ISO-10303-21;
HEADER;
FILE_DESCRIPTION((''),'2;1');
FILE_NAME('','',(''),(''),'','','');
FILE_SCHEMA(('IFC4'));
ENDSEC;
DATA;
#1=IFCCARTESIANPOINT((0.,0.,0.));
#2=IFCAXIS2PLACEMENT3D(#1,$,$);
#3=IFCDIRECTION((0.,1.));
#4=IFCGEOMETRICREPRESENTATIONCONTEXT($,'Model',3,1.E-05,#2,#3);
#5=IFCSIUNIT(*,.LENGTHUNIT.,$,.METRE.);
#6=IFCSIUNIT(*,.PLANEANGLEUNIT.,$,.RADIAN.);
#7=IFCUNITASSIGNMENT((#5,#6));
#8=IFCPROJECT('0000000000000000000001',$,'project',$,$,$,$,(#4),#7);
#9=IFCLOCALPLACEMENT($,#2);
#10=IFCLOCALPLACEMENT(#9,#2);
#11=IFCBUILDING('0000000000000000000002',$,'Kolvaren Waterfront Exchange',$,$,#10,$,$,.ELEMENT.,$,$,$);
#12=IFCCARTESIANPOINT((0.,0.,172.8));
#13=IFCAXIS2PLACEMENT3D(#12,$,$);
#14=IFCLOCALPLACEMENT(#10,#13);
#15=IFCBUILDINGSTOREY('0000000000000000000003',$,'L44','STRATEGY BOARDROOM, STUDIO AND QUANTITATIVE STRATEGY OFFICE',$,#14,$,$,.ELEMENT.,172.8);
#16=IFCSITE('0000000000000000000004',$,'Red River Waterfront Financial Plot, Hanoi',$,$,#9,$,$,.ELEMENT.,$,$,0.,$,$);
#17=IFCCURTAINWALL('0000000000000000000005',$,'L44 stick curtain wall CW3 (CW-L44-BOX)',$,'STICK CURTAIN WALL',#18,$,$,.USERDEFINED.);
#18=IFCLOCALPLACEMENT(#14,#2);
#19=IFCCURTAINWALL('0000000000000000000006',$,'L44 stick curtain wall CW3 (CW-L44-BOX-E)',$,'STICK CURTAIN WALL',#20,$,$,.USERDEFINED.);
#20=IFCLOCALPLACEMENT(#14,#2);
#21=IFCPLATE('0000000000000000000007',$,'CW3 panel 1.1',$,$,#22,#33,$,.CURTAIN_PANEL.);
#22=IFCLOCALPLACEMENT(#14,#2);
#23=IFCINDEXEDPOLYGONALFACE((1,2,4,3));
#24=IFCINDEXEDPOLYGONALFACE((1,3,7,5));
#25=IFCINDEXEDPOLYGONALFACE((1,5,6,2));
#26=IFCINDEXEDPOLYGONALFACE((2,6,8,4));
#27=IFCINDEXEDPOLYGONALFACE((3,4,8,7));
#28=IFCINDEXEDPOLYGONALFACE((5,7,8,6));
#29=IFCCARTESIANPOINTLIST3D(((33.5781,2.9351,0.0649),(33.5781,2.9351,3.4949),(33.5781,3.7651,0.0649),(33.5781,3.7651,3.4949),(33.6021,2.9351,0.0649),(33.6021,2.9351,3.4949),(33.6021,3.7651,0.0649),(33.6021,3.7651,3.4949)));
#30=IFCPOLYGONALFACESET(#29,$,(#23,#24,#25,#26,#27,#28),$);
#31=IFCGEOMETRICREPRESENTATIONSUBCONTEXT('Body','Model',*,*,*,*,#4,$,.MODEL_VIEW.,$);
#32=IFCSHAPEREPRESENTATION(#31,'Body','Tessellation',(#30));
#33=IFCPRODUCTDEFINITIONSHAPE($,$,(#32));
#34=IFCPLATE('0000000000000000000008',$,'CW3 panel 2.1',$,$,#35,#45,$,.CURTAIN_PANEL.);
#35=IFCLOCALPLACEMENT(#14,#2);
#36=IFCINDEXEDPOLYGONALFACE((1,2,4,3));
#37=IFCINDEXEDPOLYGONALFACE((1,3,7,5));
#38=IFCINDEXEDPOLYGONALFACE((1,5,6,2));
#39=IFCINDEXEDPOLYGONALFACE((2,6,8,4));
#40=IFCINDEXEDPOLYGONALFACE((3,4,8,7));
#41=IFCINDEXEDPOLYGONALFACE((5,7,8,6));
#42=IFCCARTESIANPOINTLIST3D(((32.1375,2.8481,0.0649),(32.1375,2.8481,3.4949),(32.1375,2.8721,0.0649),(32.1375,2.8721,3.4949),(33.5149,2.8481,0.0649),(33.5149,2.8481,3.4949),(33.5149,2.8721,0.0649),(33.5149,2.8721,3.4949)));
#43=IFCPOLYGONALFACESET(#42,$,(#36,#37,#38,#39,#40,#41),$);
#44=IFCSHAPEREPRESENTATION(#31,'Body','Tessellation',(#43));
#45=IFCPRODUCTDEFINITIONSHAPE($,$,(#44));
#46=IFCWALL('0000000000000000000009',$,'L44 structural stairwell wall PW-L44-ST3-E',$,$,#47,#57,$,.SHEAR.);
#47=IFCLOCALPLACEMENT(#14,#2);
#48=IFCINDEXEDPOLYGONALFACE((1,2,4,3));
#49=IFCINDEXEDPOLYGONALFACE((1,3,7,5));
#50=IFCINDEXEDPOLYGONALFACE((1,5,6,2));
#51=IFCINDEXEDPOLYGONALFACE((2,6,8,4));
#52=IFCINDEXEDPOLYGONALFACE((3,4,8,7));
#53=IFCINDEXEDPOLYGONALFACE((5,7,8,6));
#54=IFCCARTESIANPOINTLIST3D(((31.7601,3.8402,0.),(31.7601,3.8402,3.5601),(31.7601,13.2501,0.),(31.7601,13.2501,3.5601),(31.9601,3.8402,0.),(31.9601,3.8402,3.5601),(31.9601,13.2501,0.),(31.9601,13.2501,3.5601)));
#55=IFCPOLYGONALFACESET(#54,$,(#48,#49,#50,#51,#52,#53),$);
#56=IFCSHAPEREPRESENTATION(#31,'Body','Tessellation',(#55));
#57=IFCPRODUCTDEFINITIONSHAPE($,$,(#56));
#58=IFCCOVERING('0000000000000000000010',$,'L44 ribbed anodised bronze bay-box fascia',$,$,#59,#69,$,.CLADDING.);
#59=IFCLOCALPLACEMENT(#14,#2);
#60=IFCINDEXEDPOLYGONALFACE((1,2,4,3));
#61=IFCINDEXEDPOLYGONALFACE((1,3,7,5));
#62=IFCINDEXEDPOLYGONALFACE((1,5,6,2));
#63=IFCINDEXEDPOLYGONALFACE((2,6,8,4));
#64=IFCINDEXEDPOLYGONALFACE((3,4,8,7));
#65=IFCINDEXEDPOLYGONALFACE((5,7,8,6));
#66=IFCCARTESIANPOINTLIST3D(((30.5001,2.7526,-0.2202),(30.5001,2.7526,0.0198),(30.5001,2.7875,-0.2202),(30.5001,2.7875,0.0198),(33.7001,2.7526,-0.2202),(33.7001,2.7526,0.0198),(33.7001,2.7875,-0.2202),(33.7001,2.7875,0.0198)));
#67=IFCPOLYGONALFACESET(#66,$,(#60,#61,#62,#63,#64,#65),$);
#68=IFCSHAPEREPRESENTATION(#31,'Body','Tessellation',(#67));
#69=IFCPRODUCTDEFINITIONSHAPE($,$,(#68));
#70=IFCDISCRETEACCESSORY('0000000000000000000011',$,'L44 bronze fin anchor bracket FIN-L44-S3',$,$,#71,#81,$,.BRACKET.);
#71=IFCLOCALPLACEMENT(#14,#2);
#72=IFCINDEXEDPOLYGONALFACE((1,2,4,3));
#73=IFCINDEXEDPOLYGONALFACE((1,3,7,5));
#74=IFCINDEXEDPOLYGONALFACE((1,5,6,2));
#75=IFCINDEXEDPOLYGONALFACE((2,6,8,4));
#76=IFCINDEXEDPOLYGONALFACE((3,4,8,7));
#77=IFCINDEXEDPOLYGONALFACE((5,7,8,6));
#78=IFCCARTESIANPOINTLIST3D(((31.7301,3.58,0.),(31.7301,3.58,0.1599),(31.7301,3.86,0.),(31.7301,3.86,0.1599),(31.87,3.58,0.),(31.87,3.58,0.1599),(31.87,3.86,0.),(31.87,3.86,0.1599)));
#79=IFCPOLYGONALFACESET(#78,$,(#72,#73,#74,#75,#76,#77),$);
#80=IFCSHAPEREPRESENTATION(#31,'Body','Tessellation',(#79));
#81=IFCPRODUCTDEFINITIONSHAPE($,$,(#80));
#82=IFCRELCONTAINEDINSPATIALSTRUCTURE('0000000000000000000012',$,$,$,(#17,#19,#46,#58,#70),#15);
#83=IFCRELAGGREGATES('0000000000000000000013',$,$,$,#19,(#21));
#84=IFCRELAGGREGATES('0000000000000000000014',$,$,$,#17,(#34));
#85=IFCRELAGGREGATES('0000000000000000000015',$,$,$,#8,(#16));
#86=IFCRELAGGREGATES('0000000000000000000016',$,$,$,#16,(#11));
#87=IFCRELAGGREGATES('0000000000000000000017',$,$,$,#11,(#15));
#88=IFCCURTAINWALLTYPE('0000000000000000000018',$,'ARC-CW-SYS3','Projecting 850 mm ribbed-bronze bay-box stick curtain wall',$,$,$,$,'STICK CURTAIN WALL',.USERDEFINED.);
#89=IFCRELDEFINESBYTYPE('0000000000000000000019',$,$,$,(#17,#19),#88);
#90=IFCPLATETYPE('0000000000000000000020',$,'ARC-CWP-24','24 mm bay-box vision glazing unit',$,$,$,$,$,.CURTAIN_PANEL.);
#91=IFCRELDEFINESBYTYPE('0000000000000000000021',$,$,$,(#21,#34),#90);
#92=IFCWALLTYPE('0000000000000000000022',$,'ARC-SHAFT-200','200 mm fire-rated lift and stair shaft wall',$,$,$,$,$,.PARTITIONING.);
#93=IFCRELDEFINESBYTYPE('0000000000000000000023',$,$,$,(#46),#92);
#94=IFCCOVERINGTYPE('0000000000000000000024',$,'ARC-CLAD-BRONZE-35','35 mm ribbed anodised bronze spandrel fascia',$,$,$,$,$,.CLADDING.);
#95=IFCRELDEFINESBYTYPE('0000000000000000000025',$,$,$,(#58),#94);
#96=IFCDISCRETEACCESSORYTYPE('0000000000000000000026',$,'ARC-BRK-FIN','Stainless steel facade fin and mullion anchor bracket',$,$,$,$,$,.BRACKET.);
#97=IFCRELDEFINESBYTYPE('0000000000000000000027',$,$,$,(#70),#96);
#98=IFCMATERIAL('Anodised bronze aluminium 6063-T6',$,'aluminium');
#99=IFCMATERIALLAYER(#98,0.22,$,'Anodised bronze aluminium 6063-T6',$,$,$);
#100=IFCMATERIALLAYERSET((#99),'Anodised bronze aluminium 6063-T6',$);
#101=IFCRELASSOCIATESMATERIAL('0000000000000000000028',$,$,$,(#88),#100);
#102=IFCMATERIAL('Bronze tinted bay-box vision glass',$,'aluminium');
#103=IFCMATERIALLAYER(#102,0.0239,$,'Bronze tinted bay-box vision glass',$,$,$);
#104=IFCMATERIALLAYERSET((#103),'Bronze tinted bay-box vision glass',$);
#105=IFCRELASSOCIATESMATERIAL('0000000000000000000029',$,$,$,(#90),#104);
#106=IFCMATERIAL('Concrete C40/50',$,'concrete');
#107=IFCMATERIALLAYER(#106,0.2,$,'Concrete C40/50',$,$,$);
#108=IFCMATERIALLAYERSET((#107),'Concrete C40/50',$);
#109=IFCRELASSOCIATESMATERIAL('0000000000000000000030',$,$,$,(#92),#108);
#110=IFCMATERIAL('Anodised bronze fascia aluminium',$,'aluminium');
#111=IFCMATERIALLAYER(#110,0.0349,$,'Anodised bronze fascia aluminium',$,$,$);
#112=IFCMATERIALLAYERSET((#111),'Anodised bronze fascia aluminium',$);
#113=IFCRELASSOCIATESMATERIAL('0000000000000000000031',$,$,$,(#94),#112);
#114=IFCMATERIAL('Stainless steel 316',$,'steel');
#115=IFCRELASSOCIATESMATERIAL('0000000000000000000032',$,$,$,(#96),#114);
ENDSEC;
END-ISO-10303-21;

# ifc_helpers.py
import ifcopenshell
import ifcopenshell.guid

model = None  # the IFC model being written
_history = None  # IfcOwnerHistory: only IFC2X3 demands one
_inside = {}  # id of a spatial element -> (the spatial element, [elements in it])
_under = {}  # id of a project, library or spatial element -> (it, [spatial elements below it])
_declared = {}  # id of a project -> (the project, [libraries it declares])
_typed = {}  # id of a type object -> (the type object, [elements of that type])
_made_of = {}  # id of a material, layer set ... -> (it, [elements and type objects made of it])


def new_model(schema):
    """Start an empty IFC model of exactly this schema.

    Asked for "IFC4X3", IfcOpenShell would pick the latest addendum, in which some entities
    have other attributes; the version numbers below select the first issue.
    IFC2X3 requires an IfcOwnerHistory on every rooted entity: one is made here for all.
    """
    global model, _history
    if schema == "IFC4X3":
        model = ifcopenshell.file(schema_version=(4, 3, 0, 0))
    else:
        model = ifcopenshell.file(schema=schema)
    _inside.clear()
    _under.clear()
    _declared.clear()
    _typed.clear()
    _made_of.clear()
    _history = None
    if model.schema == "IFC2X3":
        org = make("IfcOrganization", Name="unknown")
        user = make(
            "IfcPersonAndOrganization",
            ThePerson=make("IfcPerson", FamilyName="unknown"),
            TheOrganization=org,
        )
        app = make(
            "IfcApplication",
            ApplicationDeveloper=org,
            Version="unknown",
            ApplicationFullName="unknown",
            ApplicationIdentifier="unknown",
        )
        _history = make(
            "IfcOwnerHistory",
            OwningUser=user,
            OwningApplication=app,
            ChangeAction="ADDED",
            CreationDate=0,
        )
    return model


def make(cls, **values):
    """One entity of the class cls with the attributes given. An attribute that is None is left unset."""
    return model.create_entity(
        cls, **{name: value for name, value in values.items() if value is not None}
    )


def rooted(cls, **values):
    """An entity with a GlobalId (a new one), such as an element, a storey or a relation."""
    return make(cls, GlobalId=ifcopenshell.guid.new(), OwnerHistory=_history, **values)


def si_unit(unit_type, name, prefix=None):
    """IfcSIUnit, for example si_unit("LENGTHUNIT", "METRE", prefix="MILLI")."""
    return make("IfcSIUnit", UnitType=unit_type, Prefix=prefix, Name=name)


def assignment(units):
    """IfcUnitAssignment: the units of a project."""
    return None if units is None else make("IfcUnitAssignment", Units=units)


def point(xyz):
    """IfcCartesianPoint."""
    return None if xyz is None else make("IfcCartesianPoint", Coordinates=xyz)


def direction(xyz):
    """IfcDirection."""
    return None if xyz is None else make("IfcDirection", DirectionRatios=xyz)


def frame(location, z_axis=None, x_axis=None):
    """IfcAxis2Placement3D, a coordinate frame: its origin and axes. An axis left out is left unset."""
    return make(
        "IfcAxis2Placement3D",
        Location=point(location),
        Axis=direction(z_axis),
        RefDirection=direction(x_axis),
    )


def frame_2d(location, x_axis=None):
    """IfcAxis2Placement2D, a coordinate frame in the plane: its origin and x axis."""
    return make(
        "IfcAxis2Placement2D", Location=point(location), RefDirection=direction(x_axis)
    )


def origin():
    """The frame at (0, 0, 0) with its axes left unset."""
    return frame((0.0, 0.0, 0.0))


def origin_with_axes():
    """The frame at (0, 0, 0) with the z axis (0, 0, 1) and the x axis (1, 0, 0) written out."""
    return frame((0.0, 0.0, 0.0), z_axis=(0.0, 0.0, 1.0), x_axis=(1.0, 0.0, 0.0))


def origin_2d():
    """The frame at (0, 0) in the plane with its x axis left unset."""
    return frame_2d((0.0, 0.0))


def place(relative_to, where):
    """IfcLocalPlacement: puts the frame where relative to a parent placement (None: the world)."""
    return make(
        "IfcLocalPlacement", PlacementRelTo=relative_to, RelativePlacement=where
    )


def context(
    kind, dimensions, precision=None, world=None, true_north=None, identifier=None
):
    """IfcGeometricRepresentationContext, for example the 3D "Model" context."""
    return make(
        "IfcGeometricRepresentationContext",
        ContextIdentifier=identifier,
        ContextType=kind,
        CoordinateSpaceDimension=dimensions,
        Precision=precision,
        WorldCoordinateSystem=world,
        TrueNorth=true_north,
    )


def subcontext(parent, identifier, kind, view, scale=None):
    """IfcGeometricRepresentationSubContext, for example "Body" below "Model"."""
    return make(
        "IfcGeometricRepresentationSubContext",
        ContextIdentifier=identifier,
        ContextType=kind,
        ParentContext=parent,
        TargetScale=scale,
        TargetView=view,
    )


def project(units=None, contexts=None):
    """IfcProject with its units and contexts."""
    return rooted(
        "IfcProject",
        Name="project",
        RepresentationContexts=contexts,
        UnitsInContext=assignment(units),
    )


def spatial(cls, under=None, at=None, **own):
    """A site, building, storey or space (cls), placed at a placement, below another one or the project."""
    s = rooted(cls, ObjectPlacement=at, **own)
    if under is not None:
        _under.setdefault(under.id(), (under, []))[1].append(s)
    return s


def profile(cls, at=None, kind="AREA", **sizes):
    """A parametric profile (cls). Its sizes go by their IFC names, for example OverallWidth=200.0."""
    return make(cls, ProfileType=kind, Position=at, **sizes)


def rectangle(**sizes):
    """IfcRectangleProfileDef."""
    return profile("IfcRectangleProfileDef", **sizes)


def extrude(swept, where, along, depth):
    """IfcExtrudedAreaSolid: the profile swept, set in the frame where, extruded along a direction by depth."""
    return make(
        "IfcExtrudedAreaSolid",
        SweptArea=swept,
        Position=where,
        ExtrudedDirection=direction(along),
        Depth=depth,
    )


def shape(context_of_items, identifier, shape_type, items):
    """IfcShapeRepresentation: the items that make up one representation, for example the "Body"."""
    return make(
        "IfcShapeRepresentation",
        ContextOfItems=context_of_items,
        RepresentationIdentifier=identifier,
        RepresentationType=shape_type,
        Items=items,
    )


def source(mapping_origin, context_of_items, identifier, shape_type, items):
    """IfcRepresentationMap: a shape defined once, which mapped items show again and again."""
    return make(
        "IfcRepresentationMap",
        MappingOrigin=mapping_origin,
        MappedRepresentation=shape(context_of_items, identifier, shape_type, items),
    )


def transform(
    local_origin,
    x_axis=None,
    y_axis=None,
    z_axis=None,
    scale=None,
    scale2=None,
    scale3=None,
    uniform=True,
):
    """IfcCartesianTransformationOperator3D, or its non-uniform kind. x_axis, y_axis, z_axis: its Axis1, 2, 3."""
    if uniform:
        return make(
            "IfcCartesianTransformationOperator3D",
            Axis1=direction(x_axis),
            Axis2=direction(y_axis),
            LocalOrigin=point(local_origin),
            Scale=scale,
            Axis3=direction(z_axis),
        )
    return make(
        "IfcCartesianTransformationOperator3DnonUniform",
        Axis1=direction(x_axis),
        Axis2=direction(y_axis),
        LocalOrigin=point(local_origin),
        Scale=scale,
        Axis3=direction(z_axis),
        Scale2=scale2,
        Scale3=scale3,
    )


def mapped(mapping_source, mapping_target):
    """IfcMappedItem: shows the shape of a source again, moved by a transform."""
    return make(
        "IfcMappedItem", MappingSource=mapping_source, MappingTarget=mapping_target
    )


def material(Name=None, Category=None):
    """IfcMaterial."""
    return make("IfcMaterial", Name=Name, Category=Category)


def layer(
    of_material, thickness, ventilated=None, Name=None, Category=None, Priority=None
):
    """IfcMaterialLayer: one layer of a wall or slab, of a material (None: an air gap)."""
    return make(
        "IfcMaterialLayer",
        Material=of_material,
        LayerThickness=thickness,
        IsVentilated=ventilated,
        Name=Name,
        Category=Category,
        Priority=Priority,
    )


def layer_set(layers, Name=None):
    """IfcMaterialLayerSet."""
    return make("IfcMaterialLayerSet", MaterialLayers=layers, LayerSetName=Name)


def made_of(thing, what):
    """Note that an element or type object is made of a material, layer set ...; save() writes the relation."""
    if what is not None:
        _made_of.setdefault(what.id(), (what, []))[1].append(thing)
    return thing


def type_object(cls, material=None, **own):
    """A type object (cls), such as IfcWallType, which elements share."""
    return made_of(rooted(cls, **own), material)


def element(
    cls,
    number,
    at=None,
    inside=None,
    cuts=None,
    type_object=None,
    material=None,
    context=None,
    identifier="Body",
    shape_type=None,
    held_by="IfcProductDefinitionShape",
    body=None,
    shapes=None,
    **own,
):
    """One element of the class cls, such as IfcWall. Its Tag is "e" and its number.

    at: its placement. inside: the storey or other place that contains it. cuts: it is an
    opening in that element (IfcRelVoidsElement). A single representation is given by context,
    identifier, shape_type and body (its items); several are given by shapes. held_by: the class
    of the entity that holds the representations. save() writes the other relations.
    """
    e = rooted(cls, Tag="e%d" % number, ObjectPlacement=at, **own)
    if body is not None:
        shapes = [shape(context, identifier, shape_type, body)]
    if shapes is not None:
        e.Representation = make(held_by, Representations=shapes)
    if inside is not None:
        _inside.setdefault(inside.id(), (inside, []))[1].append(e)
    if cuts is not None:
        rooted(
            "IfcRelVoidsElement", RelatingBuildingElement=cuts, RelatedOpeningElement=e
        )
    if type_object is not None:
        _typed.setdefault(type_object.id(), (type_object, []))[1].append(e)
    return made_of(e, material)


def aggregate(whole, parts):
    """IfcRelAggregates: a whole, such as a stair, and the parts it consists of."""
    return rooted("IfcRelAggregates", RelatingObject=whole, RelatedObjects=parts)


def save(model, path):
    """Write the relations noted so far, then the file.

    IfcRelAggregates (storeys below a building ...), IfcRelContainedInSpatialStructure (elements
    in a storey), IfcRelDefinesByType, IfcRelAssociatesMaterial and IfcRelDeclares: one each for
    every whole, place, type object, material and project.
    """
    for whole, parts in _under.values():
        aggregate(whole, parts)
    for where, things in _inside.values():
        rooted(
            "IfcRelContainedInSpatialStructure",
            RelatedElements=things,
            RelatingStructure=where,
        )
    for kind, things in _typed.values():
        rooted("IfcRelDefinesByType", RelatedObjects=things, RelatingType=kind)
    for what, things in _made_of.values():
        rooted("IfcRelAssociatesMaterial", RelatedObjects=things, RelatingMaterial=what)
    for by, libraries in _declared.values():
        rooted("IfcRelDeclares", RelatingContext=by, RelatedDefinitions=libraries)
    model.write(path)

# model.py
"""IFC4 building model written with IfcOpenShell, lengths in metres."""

from ifc_helpers import new_model, si_unit, direction, frame, frame_2d, origin, origin_with_axes, origin_2d, place, context, subcontext, project, spatial, rectangle, extrude, source, transform, mapped, material, layer, layer_set, type_object, element, aggregate, save


model = new_model("IFC4")

# Units and contexts
model_context = context("Model", 3, precision=1e-05, world=origin(), true_north=direction((0.0, 1.0)))
body_context = subcontext(model_context, "Body", "Model", "MODEL_VIEW")
ifc_project = project(units=[si_unit("LENGTHUNIT", "METRE"), si_unit("PLANEANGLEUNIT", "RADIAN")], contexts=[model_context])

# Site, building, storey
site_placement = place(None, origin())
site = spatial("IfcSite", under=ifc_project, at=site_placement, Name="Red River Waterfront Financial Plot, Hanoi", CompositionType="ELEMENT", RefElevation=0.0)
building_placement = place(site_placement, origin())
building = spatial("IfcBuilding", under=site, at=building_placement, Name="Kolvaren Waterfront Exchange", CompositionType="ELEMENT")
storey_placement = place(building_placement, frame((0.0, 0.0, 172.8)))
storey = spatial("IfcBuildingStorey", under=building, at=storey_placement, Name="L44", Description="STRATEGY BOARDROOM, STUDIO AND QUANTITATIVE STRATEGY OFFICE", CompositionType="ELEMENT", Elevation=172.8)

# Curtain walls
ifc_material_1 = material(Name="Anodised bronze aluminium 6063-T6", Category="aluminium")
ifc_layer_1 = layer(ifc_material_1, 0.22, Name="Anodised bronze aluminium 6063-T6")
ifc_layer_set_1 = layer_set([ifc_layer_1], Name="Anodised bronze aluminium 6063-T6")
curtain_wall_type_1 = type_object("IfcCurtainWallType", Name="ARC-CW-SYS3", Description="Projecting 850 mm ribbed-bronze bay-box stick curtain wall", ElementType="STICK CURTAIN WALL", PredefinedType="USERDEFINED", material=ifc_layer_set_1)
curtain_wall_1_placement = place(storey_placement, origin())
curtain_wall_1 = element("IfcCurtainWall", 1, at=curtain_wall_1_placement, inside=storey, type_object=curtain_wall_type_1, Name="L44 stick curtain wall CW3 (CW-L44-BOX)", ObjectType="STICK CURTAIN WALL", PredefinedType="USERDEFINED")
curtain_wall_2_placement = place(storey_placement, origin())
curtain_wall_2 = element("IfcCurtainWall", 2, at=curtain_wall_2_placement, inside=storey, type_object=curtain_wall_type_1, Name="L44 stick curtain wall CW3 (CW-L44-BOX-E)", ObjectType="STICK CURTAIN WALL", PredefinedType="USERDEFINED")

# Plates
ifc_material_2 = material(Name="Bronze tinted bay-box vision glass", Category="aluminium")
ifc_layer_2 = layer(ifc_material_2, 0.0239, Name="Bronze tinted bay-box vision glass")
ifc_layer_set_2 = layer_set([ifc_layer_2], Name="Bronze tinted bay-box vision glass")
plate_type = type_object("IfcPlateType", Name="ARC-CWP-24", Description="24 mm bay-box vision glazing unit", PredefinedType="CURTAIN_PANEL", material=ifc_layer_set_2)
shared_shape_1 = source(origin_with_axes(), body_context, "Body", "SweptSolid", [
    extrude(rectangle(XDim=0.8301, YDim=0.0239, at=origin_2d()), origin(), (0.0, 0.0, 1.0), 3.4299),
])
plate_1_placement = place(storey_placement, frame((33.5901, 3.3501, 0.0649), z_axis=(0.0, 0.0, 1.0), x_axis=(0.0, 1.0, 0.0)))
plate_1 = element("IfcPlate", 3, at=plate_1_placement, type_object=plate_type, Name="CW3 panel 1.1", PredefinedType="CURTAIN_PANEL", context=body_context, shape_type="MappedRepresentation", body=[
    mapped(shared_shape_1, transform((0.0, 0.0, 0.0), x_axis=(1.0, 0.0, 0.0), y_axis=(0.0, 1.0, 0.0), z_axis=(0.0, 0.0, 1.0), scale=1.0)),
])
aggregate(curtain_wall_2, [plate_1])
shared_shape_2 = source(origin_with_axes(), body_context, "Body", "SweptSolid", [
    extrude(rectangle(XDim=1.3774, YDim=0.0239, at=origin_2d()), origin(), (0.0, 0.0, 1.0), 3.4299),
])
plate_2_placement = place(storey_placement, frame((32.8262, 2.8601, 0.0649), z_axis=(0.0, 0.0, 1.0), x_axis=(1.0, 0.0, 0.0)))
plate_2 = element("IfcPlate", 4, at=plate_2_placement, type_object=plate_type, Name="CW3 panel 2.1", PredefinedType="CURTAIN_PANEL", context=body_context, shape_type="MappedRepresentation", body=[
    mapped(shared_shape_2, transform((0.0, 0.0, 0.0), x_axis=(1.0, 0.0, 0.0), y_axis=(0.0, 1.0, 0.0), z_axis=(0.0, 0.0, 1.0), scale=1.0)),
])
aggregate(curtain_wall_1, [plate_2])

# Wall
ifc_material_3 = material(Name="Concrete C40/50", Category="concrete")
ifc_layer_3 = layer(ifc_material_3, 0.2, Name="Concrete C40/50")
ifc_layer_set_3 = layer_set([ifc_layer_3], Name="Concrete C40/50")
wall_type = type_object("IfcWallType", Name="ARC-SHAFT-200", Description="200 mm fire-rated lift and stair shaft wall", PredefinedType="PARTITIONING", material=ifc_layer_set_3)
wall_placement = place(storey_placement, frame((31.8601, 3.8401, 0.0), z_axis=(0.0, 0.0, 1.0), x_axis=(0.0, 1.0, 0.0)))
element("IfcWall", 5, at=wall_placement, inside=storey, type_object=wall_type, Name="L44 structural stairwell wall PW-L44-ST3-E", PredefinedType="SHEAR", context=body_context, shape_type="SweptSolid", body=[
    extrude(rectangle(XDim=9.4099, YDim=0.2, at=frame_2d((4.7051, 0.0))), origin(), (0.0, 0.0, 1.0), 3.5601),
])

# Covering
ifc_material_4 = material(Name="Anodised bronze fascia aluminium", Category="aluminium")
ifc_layer_4 = layer(ifc_material_4, 0.0349, Name="Anodised bronze fascia aluminium")
ifc_layer_set_4 = layer_set([ifc_layer_4], Name="Anodised bronze fascia aluminium")
covering_type = type_object("IfcCoveringType", Name="ARC-CLAD-BRONZE-35", Description="35 mm ribbed anodised bronze spandrel fascia", PredefinedType="CLADDING", material=ifc_layer_set_4)
covering_placement = place(storey_placement, frame((32.1001, 2.77, -0.2202), z_axis=(0.0, 0.0, 1.0), x_axis=(1.0, 0.0, 0.0)))
element("IfcCovering", 6, at=covering_placement, inside=storey, type_object=covering_type, Name="L44 ribbed anodised bronze bay-box fascia", PredefinedType="CLADDING", context=body_context, shape_type="SweptSolid", body=[
    extrude(rectangle(XDim=3.2, YDim=0.0349, at=origin_2d()), origin(), (0.0, 0.0, 1.0), 0.24),
])

# Discrete accessory
ifc_material_5 = material(Name="Stainless steel 316", Category="steel")
discrete_accessory_type = type_object("IfcDiscreteAccessoryType", Name="ARC-BRK-FIN", Description="Stainless steel facade fin and mullion anchor bracket", PredefinedType="BRACKET", material=ifc_material_5)
shared_shape_3 = source(origin_with_axes(), body_context, "Body", "SweptSolid", [
    extrude(rectangle(XDim=0.28, YDim=0.1399, at=origin_2d()), origin(), (0.0, 0.0, 1.0), 0.1599),
])
discrete_accessory_placement = place(storey_placement, frame((31.8, 3.72, 0.0), z_axis=(0.0, 0.0, 1.0), x_axis=(0.0, -1.0, 0.0)))
element("IfcDiscreteAccessory", 7, at=discrete_accessory_placement, inside=storey, type_object=discrete_accessory_type, Name="L44 bronze fin anchor bracket FIN-L44-S3", PredefinedType="BRACKET", context=body_context, shape_type="MappedRepresentation", body=[
    mapped(shared_shape_3, transform((0.0, 0.0, 0.0), x_axis=(1.0, 0.0, 0.0), y_axis=(0.0, 1.0, 0.0), z_axis=(0.0, 0.0, 1.0), scale=1.0)),
])

save(model, "model.ifc")
